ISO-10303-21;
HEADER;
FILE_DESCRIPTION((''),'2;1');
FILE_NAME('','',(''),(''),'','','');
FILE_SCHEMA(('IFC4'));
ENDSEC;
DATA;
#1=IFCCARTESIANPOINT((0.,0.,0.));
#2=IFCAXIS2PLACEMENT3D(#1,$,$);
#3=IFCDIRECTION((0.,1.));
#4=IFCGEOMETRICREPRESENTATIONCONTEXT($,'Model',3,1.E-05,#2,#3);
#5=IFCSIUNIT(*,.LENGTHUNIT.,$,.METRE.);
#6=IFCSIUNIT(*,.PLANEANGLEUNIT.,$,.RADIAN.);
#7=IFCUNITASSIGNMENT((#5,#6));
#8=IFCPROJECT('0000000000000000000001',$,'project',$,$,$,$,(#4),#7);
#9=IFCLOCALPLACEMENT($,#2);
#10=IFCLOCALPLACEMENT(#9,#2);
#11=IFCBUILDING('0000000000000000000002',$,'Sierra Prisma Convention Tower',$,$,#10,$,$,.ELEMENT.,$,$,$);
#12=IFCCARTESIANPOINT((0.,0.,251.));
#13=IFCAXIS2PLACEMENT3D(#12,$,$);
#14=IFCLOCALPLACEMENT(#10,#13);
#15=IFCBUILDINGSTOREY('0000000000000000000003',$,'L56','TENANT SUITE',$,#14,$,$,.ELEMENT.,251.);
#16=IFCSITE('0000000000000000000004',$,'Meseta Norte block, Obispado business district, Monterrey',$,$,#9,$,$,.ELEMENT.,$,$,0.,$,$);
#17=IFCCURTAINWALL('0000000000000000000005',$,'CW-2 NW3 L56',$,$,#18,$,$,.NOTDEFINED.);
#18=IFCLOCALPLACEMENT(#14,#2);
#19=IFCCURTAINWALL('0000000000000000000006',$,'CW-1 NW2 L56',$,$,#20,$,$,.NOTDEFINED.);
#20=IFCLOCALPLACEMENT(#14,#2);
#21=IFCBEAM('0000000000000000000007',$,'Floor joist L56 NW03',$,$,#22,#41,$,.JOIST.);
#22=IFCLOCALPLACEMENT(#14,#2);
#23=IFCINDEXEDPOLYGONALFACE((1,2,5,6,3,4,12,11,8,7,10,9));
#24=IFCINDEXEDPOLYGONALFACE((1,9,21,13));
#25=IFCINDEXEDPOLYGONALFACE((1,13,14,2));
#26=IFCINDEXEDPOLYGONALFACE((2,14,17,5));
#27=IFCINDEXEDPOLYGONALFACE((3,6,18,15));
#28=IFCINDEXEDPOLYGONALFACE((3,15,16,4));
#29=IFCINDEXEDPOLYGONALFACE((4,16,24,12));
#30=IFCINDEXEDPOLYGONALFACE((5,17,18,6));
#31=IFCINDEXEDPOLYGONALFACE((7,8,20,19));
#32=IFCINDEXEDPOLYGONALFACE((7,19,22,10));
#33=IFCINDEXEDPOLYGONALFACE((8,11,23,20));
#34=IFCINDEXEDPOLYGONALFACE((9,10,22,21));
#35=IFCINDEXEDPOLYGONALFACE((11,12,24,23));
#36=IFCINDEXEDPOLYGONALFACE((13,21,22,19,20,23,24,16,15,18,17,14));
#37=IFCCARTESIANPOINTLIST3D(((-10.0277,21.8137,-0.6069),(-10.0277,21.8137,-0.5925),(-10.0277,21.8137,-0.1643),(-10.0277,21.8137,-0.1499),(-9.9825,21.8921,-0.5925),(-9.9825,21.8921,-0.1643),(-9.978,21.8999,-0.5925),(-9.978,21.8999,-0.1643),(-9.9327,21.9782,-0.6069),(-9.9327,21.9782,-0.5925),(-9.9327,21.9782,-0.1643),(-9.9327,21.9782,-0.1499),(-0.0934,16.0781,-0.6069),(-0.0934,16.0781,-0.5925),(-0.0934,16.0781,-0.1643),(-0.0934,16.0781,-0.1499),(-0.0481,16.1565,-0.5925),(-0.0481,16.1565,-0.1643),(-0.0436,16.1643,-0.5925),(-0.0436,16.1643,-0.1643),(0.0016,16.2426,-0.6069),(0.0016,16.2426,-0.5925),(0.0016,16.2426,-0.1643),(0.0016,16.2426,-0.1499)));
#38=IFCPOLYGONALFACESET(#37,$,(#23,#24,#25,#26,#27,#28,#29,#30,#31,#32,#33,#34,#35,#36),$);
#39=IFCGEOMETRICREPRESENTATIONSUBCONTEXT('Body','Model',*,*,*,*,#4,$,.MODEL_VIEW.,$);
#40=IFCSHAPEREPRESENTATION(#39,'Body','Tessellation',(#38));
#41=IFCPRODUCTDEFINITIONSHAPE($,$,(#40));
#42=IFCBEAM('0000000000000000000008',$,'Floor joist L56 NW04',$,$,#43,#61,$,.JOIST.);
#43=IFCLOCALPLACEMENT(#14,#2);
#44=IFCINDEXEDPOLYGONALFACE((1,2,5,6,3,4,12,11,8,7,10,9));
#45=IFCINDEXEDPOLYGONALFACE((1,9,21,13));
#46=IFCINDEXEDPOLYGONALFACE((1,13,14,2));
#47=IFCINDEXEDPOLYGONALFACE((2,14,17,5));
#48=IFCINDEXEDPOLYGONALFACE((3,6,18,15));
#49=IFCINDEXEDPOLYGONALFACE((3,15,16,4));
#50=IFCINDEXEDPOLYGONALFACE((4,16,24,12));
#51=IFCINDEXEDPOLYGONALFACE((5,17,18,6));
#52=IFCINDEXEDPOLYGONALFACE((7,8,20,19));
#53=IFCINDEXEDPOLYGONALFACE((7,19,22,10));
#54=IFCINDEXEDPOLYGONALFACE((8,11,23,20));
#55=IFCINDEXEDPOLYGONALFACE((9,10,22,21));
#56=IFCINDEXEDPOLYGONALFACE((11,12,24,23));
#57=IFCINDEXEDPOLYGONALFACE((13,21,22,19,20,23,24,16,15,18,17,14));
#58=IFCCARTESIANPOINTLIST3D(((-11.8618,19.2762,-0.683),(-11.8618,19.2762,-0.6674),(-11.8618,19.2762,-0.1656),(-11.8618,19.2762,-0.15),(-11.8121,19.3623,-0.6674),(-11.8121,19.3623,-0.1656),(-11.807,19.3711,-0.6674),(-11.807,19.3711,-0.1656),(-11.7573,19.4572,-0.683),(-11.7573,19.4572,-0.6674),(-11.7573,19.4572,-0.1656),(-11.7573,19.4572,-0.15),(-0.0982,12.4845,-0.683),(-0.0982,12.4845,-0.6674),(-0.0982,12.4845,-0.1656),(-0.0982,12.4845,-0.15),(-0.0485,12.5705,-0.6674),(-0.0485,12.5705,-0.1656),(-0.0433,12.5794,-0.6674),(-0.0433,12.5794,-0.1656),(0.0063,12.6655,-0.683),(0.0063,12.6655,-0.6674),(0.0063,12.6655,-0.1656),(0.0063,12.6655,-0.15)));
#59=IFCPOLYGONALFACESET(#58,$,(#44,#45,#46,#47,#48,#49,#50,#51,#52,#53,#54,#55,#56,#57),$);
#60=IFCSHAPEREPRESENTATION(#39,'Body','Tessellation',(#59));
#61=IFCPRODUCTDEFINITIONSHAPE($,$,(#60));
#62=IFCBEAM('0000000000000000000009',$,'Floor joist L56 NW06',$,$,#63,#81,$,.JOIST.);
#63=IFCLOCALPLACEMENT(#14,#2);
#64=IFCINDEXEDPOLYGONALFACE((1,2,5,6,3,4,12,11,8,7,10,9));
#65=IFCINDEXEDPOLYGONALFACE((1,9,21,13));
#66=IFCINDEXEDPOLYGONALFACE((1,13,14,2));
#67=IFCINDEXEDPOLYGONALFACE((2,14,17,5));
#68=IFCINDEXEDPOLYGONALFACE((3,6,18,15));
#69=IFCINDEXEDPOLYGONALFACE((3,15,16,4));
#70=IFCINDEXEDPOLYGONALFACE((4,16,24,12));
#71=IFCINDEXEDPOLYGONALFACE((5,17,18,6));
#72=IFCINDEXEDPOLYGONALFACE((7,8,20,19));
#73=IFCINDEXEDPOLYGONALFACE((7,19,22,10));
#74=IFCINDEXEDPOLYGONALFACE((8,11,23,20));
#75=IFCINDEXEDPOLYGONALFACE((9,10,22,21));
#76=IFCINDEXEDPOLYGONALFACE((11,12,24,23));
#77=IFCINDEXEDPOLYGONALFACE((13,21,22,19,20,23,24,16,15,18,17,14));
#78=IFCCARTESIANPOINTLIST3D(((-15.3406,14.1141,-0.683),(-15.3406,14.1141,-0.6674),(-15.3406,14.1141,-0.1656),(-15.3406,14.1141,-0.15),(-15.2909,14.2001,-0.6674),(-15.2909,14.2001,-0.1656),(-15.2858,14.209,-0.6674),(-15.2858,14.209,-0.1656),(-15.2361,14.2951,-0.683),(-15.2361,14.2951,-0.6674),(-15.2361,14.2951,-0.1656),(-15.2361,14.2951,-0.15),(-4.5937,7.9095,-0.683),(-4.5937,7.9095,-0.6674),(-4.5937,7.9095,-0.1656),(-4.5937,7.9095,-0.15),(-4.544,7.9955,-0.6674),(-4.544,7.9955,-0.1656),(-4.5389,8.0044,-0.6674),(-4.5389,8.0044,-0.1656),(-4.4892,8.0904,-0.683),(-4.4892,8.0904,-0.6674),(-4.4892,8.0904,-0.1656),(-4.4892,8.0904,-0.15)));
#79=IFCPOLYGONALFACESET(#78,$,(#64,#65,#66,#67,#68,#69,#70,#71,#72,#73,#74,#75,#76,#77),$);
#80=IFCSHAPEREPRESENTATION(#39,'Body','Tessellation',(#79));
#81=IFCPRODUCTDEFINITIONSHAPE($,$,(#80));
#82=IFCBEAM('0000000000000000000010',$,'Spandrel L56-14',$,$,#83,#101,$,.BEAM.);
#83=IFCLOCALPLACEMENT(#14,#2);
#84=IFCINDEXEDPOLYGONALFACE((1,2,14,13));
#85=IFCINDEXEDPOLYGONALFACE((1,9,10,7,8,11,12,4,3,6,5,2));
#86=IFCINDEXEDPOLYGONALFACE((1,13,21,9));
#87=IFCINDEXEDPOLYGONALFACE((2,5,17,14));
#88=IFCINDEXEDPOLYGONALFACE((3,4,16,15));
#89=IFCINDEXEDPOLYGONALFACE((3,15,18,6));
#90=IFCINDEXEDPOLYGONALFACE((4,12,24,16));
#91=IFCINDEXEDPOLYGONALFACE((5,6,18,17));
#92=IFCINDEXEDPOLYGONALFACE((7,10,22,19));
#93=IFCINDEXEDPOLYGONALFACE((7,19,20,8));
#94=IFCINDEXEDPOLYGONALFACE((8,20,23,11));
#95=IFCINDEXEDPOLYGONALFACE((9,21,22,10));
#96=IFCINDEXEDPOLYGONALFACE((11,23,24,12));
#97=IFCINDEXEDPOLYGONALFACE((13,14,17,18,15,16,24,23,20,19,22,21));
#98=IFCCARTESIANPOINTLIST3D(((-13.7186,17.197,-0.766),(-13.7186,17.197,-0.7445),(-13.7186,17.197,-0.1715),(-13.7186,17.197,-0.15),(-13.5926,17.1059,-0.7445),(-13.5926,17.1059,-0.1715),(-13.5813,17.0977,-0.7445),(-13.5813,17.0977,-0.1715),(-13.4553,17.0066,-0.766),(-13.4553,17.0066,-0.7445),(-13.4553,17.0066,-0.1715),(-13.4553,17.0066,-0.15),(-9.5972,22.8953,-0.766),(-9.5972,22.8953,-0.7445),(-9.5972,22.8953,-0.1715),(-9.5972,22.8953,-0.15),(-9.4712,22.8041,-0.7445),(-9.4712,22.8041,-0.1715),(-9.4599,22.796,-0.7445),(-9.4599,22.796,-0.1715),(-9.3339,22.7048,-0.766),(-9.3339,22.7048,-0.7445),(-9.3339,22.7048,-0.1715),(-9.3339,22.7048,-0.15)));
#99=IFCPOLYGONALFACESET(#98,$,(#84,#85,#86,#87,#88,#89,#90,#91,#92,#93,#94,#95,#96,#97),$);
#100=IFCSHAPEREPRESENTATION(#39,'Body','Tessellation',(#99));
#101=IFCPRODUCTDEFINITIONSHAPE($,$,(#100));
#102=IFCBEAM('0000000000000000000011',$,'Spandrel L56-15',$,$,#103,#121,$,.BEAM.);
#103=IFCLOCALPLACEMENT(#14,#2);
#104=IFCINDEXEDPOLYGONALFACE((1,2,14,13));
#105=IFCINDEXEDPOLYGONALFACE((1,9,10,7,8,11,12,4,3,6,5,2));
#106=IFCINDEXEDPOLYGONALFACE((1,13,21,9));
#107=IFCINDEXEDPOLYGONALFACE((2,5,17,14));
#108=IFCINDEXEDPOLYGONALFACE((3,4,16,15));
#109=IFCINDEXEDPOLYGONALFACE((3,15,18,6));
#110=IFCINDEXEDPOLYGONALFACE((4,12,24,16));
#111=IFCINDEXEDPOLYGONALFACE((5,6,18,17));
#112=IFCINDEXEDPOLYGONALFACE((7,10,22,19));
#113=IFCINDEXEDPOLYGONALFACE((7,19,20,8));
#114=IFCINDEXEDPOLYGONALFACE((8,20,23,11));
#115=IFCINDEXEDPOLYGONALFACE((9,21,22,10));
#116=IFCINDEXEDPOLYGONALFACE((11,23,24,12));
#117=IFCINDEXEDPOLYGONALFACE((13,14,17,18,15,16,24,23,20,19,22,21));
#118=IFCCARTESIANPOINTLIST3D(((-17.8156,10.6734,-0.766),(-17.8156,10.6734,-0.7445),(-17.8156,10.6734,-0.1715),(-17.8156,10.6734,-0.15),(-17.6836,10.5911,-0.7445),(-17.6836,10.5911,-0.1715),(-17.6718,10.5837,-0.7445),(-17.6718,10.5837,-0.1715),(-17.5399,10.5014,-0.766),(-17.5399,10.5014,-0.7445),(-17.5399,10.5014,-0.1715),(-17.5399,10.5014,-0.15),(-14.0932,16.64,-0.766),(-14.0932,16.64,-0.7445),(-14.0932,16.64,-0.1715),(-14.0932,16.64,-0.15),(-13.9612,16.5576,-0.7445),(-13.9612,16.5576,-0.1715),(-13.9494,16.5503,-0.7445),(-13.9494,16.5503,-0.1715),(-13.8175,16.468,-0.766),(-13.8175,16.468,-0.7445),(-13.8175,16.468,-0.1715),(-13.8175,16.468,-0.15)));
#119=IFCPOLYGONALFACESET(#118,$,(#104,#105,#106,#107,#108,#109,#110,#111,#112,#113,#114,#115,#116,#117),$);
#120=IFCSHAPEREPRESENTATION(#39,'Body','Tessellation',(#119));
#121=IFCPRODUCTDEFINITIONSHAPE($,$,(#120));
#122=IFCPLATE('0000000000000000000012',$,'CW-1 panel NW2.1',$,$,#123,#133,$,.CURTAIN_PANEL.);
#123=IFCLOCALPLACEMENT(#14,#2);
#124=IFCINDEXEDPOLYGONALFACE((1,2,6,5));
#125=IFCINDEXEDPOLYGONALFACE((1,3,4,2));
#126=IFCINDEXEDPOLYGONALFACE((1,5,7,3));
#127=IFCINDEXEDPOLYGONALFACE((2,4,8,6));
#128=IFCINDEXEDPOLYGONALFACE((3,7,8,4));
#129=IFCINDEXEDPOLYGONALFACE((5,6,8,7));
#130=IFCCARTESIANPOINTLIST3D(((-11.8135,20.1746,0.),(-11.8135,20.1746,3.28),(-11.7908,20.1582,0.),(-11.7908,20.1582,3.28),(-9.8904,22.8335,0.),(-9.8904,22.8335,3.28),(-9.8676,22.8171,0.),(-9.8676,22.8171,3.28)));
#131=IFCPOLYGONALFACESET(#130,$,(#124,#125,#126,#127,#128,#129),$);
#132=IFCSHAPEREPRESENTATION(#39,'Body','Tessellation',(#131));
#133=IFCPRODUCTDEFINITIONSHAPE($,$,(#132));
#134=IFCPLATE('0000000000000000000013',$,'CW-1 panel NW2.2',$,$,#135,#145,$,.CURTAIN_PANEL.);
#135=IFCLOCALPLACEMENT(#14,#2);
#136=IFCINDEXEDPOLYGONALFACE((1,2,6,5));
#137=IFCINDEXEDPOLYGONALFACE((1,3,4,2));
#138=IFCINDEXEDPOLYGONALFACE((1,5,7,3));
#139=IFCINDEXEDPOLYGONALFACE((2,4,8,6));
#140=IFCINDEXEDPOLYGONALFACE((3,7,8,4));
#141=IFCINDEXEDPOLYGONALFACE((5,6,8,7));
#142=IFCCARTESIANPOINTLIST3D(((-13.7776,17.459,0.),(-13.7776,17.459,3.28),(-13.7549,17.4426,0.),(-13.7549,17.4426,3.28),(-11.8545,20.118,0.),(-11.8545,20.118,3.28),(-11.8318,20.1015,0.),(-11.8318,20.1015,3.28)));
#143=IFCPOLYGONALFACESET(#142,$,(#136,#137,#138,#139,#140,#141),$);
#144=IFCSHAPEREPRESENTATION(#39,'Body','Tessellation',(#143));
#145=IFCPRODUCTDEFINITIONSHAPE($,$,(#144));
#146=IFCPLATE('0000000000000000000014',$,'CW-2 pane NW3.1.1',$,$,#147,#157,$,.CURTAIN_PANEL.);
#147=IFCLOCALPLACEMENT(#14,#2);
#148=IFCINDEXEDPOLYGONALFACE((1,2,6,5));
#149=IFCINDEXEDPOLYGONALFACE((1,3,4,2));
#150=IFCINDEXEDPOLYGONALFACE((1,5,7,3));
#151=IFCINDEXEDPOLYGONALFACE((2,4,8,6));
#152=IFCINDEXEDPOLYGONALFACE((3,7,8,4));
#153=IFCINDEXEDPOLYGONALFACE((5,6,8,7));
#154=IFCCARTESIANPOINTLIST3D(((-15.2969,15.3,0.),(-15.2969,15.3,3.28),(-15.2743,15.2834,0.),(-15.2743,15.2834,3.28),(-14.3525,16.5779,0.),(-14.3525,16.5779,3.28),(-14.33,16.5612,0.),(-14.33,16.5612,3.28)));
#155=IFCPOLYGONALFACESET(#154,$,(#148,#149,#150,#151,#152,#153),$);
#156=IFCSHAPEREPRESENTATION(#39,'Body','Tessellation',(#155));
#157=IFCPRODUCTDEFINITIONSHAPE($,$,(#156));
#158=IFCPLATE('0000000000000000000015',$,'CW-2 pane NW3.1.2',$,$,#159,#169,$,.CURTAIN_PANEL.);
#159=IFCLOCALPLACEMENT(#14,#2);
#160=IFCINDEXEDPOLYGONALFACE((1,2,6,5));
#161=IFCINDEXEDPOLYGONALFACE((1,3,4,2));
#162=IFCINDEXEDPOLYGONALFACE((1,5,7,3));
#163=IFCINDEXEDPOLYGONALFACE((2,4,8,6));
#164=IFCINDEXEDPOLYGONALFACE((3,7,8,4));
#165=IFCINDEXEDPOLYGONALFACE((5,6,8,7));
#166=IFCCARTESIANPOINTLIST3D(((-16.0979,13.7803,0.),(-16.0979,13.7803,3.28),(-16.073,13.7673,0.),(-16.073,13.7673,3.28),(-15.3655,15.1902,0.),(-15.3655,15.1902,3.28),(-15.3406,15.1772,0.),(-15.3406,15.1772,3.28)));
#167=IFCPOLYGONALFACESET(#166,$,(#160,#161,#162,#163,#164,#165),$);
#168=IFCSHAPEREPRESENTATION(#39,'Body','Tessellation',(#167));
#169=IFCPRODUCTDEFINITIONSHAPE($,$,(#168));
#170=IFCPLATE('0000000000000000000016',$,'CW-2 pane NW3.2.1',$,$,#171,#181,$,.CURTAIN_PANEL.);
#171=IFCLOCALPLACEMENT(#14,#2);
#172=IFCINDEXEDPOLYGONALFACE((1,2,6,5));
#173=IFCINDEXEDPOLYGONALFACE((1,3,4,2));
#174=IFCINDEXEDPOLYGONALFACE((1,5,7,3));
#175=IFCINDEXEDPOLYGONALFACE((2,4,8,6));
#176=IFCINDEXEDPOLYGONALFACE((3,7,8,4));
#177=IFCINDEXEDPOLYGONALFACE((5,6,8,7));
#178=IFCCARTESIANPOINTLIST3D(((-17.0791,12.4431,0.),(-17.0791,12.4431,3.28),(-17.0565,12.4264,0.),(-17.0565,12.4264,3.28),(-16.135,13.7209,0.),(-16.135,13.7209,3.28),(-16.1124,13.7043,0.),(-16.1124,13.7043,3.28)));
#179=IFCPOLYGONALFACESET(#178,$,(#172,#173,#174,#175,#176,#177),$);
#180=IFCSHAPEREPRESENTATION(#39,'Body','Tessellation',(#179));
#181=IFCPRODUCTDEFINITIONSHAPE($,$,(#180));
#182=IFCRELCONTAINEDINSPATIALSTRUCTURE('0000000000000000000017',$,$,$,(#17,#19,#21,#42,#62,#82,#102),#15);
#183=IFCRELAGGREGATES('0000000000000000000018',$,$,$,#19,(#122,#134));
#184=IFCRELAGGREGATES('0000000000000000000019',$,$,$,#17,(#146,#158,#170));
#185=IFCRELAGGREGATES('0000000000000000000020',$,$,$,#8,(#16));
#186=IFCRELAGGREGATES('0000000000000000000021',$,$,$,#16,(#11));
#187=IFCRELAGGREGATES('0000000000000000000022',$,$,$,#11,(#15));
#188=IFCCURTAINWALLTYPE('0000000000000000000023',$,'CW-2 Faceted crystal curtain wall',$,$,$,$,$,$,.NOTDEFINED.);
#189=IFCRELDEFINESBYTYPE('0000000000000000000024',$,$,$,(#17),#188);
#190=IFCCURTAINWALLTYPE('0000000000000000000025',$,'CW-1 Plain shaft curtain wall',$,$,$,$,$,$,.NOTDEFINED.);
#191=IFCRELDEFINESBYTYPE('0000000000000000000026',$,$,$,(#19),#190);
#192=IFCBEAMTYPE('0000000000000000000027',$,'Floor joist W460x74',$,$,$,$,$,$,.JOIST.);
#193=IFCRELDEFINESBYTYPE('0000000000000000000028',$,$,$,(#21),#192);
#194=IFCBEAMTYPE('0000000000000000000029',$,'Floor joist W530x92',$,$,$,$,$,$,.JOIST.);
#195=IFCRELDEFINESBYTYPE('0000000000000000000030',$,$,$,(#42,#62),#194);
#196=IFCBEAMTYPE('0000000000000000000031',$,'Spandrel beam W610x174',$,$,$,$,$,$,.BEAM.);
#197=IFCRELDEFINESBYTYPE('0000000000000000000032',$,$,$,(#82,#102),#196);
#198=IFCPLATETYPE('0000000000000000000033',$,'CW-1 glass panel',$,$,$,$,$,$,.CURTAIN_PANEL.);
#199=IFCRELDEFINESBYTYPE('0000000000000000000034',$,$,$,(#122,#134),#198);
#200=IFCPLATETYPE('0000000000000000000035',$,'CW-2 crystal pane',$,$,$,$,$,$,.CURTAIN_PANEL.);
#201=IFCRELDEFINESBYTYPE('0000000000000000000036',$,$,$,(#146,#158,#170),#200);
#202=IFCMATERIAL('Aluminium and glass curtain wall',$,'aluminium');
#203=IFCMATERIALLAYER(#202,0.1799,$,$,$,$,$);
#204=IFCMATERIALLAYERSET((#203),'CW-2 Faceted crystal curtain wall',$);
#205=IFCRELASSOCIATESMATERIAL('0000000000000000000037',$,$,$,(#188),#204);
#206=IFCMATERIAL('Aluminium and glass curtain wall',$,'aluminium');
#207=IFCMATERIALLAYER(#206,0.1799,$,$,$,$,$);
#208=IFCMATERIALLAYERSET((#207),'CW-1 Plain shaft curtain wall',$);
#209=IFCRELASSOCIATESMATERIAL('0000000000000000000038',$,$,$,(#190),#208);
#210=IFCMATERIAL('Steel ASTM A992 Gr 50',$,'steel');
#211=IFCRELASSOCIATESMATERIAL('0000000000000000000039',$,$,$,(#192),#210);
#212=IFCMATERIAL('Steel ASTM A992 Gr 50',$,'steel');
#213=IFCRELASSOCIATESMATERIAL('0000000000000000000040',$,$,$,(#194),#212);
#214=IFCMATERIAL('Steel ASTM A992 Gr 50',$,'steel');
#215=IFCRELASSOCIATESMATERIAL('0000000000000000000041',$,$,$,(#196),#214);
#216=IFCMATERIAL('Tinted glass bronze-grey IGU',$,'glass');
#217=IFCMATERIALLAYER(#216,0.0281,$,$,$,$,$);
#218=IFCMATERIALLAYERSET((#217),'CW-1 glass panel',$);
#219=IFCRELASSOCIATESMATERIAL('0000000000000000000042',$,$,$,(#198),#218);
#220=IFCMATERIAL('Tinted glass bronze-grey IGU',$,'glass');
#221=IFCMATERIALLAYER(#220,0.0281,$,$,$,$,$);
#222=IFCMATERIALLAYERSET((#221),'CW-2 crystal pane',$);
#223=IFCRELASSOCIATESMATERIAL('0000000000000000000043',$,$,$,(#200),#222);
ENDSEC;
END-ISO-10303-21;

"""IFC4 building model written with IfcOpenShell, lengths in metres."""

from ifc_helpers import new_model, si_unit, direction, frame, origin, origin_2d, place, context, subcontext, project, spatial, polyline, rectangle, i_section, outline, extrude, material, layer, layer_set, material_profile, profile_set, type_object, element, aggregate, save


model = new_model("IFC4")

# Units and contexts
model_context = context("Model", 3, precision=1e-05, world=origin(), true_north=direction((0.0, 1.0)))
body_context = subcontext(model_context, "Body", "Model", "MODEL_VIEW")
ifc_project = project(units=[si_unit("LENGTHUNIT", "METRE"), si_unit("PLANEANGLEUNIT", "RADIAN")], contexts=[model_context])

# Site, building, storey
site_placement = place(None, origin())
site = spatial("IfcSite", under=ifc_project, at=site_placement, Name="Meseta Norte block, Obispado business district, Monterrey", CompositionType="ELEMENT", RefElevation=0.0)
building_placement = place(site_placement, origin())
building = spatial("IfcBuilding", under=site, at=building_placement, Name="Sierra Prisma Convention Tower", CompositionType="ELEMENT")
storey_placement = place(building_placement, frame((0.0, 0.0, 251.0)))
storey = spatial("IfcBuildingStorey", under=building, at=storey_placement, Name="L56", Description="TENANT SUITE", CompositionType="ELEMENT", Elevation=251.0)

# Curtain wall
ifc_material_1 = material(Name="Aluminium and glass curtain wall", Category="aluminium")
ifc_layer_1 = layer(ifc_material_1, 0.1799)
ifc_layer_set_1 = layer_set([ifc_layer_1], Name="CW-2 Faceted crystal curtain wall")
curtain_wall_type_1 = type_object("IfcCurtainWallType", Name="CW-2 Faceted crystal curtain wall", PredefinedType="NOTDEFINED", material=ifc_layer_set_1)
curtain_wall_1_placement = place(storey_placement, origin())
curtain_wall_1 = element("IfcCurtainWall", 1, at=curtain_wall_1_placement, inside=storey, type_object=curtain_wall_type_1, Name="CW-2 NW3 L56", PredefinedType="NOTDEFINED")

# Curtain wall
ifc_material_2 = material(Name="Aluminium and glass curtain wall", Category="aluminium")
ifc_layer_2 = layer(ifc_material_2, 0.1799)
ifc_layer_set_2 = layer_set([ifc_layer_2], Name="CW-1 Plain shaft curtain wall")
curtain_wall_type_2 = type_object("IfcCurtainWallType", Name="CW-1 Plain shaft curtain wall", PredefinedType="NOTDEFINED", material=ifc_layer_set_2)
curtain_wall_2_placement = place(storey_placement, origin())
curtain_wall_2 = element("IfcCurtainWall", 2, at=curtain_wall_2_placement, inside=storey, type_object=curtain_wall_type_2, Name="CW-1 NW2 L56", PredefinedType="NOTDEFINED")

# Beams
ifc_material_3 = material(Name="Steel ASTM A992 Gr 50", Category="steel")
ifc_material_profile_1 = material_profile(ifc_material_3, i_section(OverallWidth=0.1899, OverallDepth=0.457, WebThickness=0.009, FlangeThickness=0.0144, at=origin_2d()), Name="W460x74")
ifc_profile_set_1 = profile_set([ifc_material_profile_1], Name="Steel ASTM A992 Gr 50")
beam_type_1 = type_object("IfcBeamType", Name="Floor joist W460x74", PredefinedType="JOIST", material=ifc_profile_set_1)
beam_1_placement = place(storey_placement, frame((-9.9802, 21.896, -0.3784), z_axis=(0.866025, -0.500001, 0.0), x_axis=(0.500001, 0.866025, 0.0)))
element("IfcBeam", 3, at=beam_1_placement, inside=storey, type_object=beam_type_1, Name="Floor joist L56 NW03", PredefinedType="JOIST", context=body_context, shape_type="SweptSolid", body=[
    extrude(i_section(OverallWidth=0.1899, OverallDepth=0.457, WebThickness=0.009, FlangeThickness=0.0144, at=origin_2d()), origin(), (0.0, 0.0, 1.0), 11.4712),
])
ifc_material_4 = material(Name="Steel ASTM A992 Gr 50", Category="steel")
ifc_material_profile_2 = material_profile(ifc_material_4, i_section(OverallWidth=0.209, OverallDepth=0.533, WebThickness=0.0103, FlangeThickness=0.0156, at=origin_2d()), Name="W530x92")
ifc_profile_set_2 = profile_set([ifc_material_profile_2], Name="Steel ASTM A992 Gr 50")
beam_type_2 = type_object("IfcBeamType", Name="Floor joist W530x92", PredefinedType="JOIST", material=ifc_profile_set_2)
beam_2_placement = place(storey_placement, frame((-11.8096, 19.3667, -0.4165), z_axis=(0.866026, -0.499999, 0.0), x_axis=(0.499999, 0.866026, 0.0)))
element("IfcBeam", 4, at=beam_2_placement, inside=storey, type_object=beam_type_2, Name="Floor joist L56 NW04", PredefinedType="JOIST", context=body_context, shape_type="SweptSolid", body=[
    extrude(i_section(OverallWidth=0.209, OverallDepth=0.533, WebThickness=0.0103, FlangeThickness=0.0156, at=origin_2d()), origin(), (0.0, 0.0, 1.0), 13.5835),
])
beam_3_placement = place(storey_placement, frame((-15.2883, 14.2046, -0.4165), z_axis=(0.866029, -0.499994, 0.0), x_axis=(0.499994, 0.866029, 0.0)))
element("IfcBeam", 5, at=beam_3_placement, inside=storey, type_object=beam_type_2, Name="Floor joist L56 NW06", PredefinedType="JOIST", context=body_context, shape_type="SweptSolid", body=[
    extrude(i_section(OverallWidth=0.209, OverallDepth=0.533, WebThickness=0.0103, FlangeThickness=0.0156, at=origin_2d()), origin(), (0.0, 0.0, 1.0), 12.4094),
])
ifc_material_5 = material(Name="Steel ASTM A992 Gr 50", Category="steel")
ifc_material_profile_3 = material_profile(ifc_material_5, i_section(OverallWidth=0.325, OverallDepth=0.616, WebThickness=0.0139, FlangeThickness=0.0215, at=origin_2d()), Name="W610x174")
ifc_profile_set_3 = profile_set([ifc_material_profile_3], Name="Steel ASTM A992 Gr 50")
beam_type_3 = type_object("IfcBeamType", Name="Spandrel beam W610x174", PredefinedType="BEAM", material=ifc_profile_set_3)
for number, where, z_axis, x_axis, name in (
    (6, (-9.4656, 22.8, -0.458), (-0.586046, -0.810278, 0.0), (0.810278, -0.586046, 0.0), "Spandrel L56-14"),
    (7, (-13.9553, 16.554, -0.458), (-0.529315, -0.848425, 0.0), (0.848425, -0.529315, 0.0), "Spandrel L56-15"),
):
    element("IfcBeam", number, at=place(storey_placement, frame(where, z_axis=z_axis, x_axis=x_axis)), inside=storey, type_object=beam_type_3, Name=name, PredefinedType="BEAM", context=body_context, shape_type="SweptSolid", body=[
        extrude(i_section(OverallWidth=0.325, OverallDepth=0.616, WebThickness=0.0139, FlangeThickness=0.0215, at=origin_2d()), origin(), (0.0, 0.0, 1.0), 7.0325),
    ])

# Plates
ifc_material_6 = material(Name="Tinted glass bronze-grey IGU", Category="glass")
ifc_layer_3 = layer(ifc_material_6, 0.0281)
ifc_layer_set_3 = layer_set([ifc_layer_3], Name="CW-1 glass panel")
plate_type_1 = type_object("IfcPlateType", Name="CW-1 glass panel", PredefinedType="CURTAIN_PANEL", material=ifc_layer_set_3)
plate_1_placement = place(storey_placement, frame((-10.8406, 21.4958, 0.0), z_axis=(0.0, 0.0, 1.0), x_axis=(-0.586046, -0.810278, 0.0)))
plate_1 = element("IfcPlate", 8, at=plate_1_placement, type_object=plate_type_1, Name="CW-1 panel NW2.1", PredefinedType="CURTAIN_PANEL", context=body_context, shape_type="SweptSolid", body=[
    extrude(rectangle(XDim=3.2815, YDim=0.0281, at=origin_2d()), origin(), (0.0, 0.0, 1.0), 3.28),
])
plate_2_placement = place(storey_placement, frame((-12.8047, 18.7803, 0.0), z_axis=(0.0, 0.0, 1.0), x_axis=(-0.586046, -0.810278, 0.0)))
plate_2 = element("IfcPlate", 9, at=plate_2_placement, type_object=plate_type_1, Name="CW-1 panel NW2.2", PredefinedType="CURTAIN_PANEL", context=body_context, shape_type="SweptSolid", body=[
    extrude(rectangle(XDim=3.2815, YDim=0.0281, at=origin_2d()), origin(), (0.0, 0.0, 1.0), 3.28),
])
aggregate(curtain_wall_2, [plate_1, plate_2])
ifc_material_7 = material(Name="Tinted glass bronze-grey IGU", Category="glass")
ifc_layer_4 = layer(ifc_material_7, 0.0281)
ifc_layer_set_4 = layer_set([ifc_layer_4], Name="CW-2 crystal pane")
plate_type_2 = type_object("IfcPlateType", Name="CW-2 crystal pane", PredefinedType="CURTAIN_PANEL", material=ifc_layer_set_4)
plate_3_placement = place(storey_placement, frame((-14.3525, 16.5779, 0.0), z_axis=(-0.804221, 0.594331, 0.0), x_axis=(-0.594331, -0.804221, 0.0)))
plate_3 = element("IfcPlate", 10, at=plate_3_placement, type_object=plate_type_2, Name="CW-2 pane NW3.1.1", PredefinedType="CURTAIN_PANEL", context=body_context, shape_type="SweptSolid", body=[
    extrude(outline(polyline([(0.0, 0.0), (1.5889, 0.0), (1.5889, 3.28), (0.0, 3.28), (0.0, 0.0)])), origin(), (0.0, 0.0, -1.0), 0.0281),
])
plate_4_placement = place(storey_placement, frame((-16.0979, 13.7803, 0.0), z_axis=(-0.887405, 0.46099, 0.0), x_axis=(0.46099, 0.887405, 0.0)))
plate_4 = element("IfcPlate", 11, at=plate_4_placement, type_object=plate_type_2, Name="CW-2 pane NW3.1.2", PredefinedType="CURTAIN_PANEL", context=body_context, shape_type="SweptSolid", body=[
    extrude(outline(polyline([(0.0, 0.0), (1.5888, 0.0), (1.5888, -3.28), (0.0, -3.28), (0.0, 0.0)])), origin(), (0.0, 0.0, -1.0), 0.0281),
])
plate_5_placement = place(storey_placement, frame((-16.135, 13.7209, 0.0), z_axis=(-0.804294, 0.594231, 0.0), x_axis=(-0.594231, -0.804294, 0.0)))
plate_5 = element("IfcPlate", 12, at=plate_5_placement, type_object=plate_type_2, Name="CW-2 pane NW3.2.1", PredefinedType="CURTAIN_PANEL", context=body_context, shape_type="SweptSolid", body=[
    extrude(outline(polyline([(0.0, 0.0), (1.5888, 0.0), (1.5888, 3.28), (0.0, 3.28), (0.0, 0.0)])), origin(), (0.0, 0.0, -1.0), 0.0281),
])
aggregate(curtain_wall_1, [plate_3, plate_4, plate_5])

save(model, "model.ifc")
